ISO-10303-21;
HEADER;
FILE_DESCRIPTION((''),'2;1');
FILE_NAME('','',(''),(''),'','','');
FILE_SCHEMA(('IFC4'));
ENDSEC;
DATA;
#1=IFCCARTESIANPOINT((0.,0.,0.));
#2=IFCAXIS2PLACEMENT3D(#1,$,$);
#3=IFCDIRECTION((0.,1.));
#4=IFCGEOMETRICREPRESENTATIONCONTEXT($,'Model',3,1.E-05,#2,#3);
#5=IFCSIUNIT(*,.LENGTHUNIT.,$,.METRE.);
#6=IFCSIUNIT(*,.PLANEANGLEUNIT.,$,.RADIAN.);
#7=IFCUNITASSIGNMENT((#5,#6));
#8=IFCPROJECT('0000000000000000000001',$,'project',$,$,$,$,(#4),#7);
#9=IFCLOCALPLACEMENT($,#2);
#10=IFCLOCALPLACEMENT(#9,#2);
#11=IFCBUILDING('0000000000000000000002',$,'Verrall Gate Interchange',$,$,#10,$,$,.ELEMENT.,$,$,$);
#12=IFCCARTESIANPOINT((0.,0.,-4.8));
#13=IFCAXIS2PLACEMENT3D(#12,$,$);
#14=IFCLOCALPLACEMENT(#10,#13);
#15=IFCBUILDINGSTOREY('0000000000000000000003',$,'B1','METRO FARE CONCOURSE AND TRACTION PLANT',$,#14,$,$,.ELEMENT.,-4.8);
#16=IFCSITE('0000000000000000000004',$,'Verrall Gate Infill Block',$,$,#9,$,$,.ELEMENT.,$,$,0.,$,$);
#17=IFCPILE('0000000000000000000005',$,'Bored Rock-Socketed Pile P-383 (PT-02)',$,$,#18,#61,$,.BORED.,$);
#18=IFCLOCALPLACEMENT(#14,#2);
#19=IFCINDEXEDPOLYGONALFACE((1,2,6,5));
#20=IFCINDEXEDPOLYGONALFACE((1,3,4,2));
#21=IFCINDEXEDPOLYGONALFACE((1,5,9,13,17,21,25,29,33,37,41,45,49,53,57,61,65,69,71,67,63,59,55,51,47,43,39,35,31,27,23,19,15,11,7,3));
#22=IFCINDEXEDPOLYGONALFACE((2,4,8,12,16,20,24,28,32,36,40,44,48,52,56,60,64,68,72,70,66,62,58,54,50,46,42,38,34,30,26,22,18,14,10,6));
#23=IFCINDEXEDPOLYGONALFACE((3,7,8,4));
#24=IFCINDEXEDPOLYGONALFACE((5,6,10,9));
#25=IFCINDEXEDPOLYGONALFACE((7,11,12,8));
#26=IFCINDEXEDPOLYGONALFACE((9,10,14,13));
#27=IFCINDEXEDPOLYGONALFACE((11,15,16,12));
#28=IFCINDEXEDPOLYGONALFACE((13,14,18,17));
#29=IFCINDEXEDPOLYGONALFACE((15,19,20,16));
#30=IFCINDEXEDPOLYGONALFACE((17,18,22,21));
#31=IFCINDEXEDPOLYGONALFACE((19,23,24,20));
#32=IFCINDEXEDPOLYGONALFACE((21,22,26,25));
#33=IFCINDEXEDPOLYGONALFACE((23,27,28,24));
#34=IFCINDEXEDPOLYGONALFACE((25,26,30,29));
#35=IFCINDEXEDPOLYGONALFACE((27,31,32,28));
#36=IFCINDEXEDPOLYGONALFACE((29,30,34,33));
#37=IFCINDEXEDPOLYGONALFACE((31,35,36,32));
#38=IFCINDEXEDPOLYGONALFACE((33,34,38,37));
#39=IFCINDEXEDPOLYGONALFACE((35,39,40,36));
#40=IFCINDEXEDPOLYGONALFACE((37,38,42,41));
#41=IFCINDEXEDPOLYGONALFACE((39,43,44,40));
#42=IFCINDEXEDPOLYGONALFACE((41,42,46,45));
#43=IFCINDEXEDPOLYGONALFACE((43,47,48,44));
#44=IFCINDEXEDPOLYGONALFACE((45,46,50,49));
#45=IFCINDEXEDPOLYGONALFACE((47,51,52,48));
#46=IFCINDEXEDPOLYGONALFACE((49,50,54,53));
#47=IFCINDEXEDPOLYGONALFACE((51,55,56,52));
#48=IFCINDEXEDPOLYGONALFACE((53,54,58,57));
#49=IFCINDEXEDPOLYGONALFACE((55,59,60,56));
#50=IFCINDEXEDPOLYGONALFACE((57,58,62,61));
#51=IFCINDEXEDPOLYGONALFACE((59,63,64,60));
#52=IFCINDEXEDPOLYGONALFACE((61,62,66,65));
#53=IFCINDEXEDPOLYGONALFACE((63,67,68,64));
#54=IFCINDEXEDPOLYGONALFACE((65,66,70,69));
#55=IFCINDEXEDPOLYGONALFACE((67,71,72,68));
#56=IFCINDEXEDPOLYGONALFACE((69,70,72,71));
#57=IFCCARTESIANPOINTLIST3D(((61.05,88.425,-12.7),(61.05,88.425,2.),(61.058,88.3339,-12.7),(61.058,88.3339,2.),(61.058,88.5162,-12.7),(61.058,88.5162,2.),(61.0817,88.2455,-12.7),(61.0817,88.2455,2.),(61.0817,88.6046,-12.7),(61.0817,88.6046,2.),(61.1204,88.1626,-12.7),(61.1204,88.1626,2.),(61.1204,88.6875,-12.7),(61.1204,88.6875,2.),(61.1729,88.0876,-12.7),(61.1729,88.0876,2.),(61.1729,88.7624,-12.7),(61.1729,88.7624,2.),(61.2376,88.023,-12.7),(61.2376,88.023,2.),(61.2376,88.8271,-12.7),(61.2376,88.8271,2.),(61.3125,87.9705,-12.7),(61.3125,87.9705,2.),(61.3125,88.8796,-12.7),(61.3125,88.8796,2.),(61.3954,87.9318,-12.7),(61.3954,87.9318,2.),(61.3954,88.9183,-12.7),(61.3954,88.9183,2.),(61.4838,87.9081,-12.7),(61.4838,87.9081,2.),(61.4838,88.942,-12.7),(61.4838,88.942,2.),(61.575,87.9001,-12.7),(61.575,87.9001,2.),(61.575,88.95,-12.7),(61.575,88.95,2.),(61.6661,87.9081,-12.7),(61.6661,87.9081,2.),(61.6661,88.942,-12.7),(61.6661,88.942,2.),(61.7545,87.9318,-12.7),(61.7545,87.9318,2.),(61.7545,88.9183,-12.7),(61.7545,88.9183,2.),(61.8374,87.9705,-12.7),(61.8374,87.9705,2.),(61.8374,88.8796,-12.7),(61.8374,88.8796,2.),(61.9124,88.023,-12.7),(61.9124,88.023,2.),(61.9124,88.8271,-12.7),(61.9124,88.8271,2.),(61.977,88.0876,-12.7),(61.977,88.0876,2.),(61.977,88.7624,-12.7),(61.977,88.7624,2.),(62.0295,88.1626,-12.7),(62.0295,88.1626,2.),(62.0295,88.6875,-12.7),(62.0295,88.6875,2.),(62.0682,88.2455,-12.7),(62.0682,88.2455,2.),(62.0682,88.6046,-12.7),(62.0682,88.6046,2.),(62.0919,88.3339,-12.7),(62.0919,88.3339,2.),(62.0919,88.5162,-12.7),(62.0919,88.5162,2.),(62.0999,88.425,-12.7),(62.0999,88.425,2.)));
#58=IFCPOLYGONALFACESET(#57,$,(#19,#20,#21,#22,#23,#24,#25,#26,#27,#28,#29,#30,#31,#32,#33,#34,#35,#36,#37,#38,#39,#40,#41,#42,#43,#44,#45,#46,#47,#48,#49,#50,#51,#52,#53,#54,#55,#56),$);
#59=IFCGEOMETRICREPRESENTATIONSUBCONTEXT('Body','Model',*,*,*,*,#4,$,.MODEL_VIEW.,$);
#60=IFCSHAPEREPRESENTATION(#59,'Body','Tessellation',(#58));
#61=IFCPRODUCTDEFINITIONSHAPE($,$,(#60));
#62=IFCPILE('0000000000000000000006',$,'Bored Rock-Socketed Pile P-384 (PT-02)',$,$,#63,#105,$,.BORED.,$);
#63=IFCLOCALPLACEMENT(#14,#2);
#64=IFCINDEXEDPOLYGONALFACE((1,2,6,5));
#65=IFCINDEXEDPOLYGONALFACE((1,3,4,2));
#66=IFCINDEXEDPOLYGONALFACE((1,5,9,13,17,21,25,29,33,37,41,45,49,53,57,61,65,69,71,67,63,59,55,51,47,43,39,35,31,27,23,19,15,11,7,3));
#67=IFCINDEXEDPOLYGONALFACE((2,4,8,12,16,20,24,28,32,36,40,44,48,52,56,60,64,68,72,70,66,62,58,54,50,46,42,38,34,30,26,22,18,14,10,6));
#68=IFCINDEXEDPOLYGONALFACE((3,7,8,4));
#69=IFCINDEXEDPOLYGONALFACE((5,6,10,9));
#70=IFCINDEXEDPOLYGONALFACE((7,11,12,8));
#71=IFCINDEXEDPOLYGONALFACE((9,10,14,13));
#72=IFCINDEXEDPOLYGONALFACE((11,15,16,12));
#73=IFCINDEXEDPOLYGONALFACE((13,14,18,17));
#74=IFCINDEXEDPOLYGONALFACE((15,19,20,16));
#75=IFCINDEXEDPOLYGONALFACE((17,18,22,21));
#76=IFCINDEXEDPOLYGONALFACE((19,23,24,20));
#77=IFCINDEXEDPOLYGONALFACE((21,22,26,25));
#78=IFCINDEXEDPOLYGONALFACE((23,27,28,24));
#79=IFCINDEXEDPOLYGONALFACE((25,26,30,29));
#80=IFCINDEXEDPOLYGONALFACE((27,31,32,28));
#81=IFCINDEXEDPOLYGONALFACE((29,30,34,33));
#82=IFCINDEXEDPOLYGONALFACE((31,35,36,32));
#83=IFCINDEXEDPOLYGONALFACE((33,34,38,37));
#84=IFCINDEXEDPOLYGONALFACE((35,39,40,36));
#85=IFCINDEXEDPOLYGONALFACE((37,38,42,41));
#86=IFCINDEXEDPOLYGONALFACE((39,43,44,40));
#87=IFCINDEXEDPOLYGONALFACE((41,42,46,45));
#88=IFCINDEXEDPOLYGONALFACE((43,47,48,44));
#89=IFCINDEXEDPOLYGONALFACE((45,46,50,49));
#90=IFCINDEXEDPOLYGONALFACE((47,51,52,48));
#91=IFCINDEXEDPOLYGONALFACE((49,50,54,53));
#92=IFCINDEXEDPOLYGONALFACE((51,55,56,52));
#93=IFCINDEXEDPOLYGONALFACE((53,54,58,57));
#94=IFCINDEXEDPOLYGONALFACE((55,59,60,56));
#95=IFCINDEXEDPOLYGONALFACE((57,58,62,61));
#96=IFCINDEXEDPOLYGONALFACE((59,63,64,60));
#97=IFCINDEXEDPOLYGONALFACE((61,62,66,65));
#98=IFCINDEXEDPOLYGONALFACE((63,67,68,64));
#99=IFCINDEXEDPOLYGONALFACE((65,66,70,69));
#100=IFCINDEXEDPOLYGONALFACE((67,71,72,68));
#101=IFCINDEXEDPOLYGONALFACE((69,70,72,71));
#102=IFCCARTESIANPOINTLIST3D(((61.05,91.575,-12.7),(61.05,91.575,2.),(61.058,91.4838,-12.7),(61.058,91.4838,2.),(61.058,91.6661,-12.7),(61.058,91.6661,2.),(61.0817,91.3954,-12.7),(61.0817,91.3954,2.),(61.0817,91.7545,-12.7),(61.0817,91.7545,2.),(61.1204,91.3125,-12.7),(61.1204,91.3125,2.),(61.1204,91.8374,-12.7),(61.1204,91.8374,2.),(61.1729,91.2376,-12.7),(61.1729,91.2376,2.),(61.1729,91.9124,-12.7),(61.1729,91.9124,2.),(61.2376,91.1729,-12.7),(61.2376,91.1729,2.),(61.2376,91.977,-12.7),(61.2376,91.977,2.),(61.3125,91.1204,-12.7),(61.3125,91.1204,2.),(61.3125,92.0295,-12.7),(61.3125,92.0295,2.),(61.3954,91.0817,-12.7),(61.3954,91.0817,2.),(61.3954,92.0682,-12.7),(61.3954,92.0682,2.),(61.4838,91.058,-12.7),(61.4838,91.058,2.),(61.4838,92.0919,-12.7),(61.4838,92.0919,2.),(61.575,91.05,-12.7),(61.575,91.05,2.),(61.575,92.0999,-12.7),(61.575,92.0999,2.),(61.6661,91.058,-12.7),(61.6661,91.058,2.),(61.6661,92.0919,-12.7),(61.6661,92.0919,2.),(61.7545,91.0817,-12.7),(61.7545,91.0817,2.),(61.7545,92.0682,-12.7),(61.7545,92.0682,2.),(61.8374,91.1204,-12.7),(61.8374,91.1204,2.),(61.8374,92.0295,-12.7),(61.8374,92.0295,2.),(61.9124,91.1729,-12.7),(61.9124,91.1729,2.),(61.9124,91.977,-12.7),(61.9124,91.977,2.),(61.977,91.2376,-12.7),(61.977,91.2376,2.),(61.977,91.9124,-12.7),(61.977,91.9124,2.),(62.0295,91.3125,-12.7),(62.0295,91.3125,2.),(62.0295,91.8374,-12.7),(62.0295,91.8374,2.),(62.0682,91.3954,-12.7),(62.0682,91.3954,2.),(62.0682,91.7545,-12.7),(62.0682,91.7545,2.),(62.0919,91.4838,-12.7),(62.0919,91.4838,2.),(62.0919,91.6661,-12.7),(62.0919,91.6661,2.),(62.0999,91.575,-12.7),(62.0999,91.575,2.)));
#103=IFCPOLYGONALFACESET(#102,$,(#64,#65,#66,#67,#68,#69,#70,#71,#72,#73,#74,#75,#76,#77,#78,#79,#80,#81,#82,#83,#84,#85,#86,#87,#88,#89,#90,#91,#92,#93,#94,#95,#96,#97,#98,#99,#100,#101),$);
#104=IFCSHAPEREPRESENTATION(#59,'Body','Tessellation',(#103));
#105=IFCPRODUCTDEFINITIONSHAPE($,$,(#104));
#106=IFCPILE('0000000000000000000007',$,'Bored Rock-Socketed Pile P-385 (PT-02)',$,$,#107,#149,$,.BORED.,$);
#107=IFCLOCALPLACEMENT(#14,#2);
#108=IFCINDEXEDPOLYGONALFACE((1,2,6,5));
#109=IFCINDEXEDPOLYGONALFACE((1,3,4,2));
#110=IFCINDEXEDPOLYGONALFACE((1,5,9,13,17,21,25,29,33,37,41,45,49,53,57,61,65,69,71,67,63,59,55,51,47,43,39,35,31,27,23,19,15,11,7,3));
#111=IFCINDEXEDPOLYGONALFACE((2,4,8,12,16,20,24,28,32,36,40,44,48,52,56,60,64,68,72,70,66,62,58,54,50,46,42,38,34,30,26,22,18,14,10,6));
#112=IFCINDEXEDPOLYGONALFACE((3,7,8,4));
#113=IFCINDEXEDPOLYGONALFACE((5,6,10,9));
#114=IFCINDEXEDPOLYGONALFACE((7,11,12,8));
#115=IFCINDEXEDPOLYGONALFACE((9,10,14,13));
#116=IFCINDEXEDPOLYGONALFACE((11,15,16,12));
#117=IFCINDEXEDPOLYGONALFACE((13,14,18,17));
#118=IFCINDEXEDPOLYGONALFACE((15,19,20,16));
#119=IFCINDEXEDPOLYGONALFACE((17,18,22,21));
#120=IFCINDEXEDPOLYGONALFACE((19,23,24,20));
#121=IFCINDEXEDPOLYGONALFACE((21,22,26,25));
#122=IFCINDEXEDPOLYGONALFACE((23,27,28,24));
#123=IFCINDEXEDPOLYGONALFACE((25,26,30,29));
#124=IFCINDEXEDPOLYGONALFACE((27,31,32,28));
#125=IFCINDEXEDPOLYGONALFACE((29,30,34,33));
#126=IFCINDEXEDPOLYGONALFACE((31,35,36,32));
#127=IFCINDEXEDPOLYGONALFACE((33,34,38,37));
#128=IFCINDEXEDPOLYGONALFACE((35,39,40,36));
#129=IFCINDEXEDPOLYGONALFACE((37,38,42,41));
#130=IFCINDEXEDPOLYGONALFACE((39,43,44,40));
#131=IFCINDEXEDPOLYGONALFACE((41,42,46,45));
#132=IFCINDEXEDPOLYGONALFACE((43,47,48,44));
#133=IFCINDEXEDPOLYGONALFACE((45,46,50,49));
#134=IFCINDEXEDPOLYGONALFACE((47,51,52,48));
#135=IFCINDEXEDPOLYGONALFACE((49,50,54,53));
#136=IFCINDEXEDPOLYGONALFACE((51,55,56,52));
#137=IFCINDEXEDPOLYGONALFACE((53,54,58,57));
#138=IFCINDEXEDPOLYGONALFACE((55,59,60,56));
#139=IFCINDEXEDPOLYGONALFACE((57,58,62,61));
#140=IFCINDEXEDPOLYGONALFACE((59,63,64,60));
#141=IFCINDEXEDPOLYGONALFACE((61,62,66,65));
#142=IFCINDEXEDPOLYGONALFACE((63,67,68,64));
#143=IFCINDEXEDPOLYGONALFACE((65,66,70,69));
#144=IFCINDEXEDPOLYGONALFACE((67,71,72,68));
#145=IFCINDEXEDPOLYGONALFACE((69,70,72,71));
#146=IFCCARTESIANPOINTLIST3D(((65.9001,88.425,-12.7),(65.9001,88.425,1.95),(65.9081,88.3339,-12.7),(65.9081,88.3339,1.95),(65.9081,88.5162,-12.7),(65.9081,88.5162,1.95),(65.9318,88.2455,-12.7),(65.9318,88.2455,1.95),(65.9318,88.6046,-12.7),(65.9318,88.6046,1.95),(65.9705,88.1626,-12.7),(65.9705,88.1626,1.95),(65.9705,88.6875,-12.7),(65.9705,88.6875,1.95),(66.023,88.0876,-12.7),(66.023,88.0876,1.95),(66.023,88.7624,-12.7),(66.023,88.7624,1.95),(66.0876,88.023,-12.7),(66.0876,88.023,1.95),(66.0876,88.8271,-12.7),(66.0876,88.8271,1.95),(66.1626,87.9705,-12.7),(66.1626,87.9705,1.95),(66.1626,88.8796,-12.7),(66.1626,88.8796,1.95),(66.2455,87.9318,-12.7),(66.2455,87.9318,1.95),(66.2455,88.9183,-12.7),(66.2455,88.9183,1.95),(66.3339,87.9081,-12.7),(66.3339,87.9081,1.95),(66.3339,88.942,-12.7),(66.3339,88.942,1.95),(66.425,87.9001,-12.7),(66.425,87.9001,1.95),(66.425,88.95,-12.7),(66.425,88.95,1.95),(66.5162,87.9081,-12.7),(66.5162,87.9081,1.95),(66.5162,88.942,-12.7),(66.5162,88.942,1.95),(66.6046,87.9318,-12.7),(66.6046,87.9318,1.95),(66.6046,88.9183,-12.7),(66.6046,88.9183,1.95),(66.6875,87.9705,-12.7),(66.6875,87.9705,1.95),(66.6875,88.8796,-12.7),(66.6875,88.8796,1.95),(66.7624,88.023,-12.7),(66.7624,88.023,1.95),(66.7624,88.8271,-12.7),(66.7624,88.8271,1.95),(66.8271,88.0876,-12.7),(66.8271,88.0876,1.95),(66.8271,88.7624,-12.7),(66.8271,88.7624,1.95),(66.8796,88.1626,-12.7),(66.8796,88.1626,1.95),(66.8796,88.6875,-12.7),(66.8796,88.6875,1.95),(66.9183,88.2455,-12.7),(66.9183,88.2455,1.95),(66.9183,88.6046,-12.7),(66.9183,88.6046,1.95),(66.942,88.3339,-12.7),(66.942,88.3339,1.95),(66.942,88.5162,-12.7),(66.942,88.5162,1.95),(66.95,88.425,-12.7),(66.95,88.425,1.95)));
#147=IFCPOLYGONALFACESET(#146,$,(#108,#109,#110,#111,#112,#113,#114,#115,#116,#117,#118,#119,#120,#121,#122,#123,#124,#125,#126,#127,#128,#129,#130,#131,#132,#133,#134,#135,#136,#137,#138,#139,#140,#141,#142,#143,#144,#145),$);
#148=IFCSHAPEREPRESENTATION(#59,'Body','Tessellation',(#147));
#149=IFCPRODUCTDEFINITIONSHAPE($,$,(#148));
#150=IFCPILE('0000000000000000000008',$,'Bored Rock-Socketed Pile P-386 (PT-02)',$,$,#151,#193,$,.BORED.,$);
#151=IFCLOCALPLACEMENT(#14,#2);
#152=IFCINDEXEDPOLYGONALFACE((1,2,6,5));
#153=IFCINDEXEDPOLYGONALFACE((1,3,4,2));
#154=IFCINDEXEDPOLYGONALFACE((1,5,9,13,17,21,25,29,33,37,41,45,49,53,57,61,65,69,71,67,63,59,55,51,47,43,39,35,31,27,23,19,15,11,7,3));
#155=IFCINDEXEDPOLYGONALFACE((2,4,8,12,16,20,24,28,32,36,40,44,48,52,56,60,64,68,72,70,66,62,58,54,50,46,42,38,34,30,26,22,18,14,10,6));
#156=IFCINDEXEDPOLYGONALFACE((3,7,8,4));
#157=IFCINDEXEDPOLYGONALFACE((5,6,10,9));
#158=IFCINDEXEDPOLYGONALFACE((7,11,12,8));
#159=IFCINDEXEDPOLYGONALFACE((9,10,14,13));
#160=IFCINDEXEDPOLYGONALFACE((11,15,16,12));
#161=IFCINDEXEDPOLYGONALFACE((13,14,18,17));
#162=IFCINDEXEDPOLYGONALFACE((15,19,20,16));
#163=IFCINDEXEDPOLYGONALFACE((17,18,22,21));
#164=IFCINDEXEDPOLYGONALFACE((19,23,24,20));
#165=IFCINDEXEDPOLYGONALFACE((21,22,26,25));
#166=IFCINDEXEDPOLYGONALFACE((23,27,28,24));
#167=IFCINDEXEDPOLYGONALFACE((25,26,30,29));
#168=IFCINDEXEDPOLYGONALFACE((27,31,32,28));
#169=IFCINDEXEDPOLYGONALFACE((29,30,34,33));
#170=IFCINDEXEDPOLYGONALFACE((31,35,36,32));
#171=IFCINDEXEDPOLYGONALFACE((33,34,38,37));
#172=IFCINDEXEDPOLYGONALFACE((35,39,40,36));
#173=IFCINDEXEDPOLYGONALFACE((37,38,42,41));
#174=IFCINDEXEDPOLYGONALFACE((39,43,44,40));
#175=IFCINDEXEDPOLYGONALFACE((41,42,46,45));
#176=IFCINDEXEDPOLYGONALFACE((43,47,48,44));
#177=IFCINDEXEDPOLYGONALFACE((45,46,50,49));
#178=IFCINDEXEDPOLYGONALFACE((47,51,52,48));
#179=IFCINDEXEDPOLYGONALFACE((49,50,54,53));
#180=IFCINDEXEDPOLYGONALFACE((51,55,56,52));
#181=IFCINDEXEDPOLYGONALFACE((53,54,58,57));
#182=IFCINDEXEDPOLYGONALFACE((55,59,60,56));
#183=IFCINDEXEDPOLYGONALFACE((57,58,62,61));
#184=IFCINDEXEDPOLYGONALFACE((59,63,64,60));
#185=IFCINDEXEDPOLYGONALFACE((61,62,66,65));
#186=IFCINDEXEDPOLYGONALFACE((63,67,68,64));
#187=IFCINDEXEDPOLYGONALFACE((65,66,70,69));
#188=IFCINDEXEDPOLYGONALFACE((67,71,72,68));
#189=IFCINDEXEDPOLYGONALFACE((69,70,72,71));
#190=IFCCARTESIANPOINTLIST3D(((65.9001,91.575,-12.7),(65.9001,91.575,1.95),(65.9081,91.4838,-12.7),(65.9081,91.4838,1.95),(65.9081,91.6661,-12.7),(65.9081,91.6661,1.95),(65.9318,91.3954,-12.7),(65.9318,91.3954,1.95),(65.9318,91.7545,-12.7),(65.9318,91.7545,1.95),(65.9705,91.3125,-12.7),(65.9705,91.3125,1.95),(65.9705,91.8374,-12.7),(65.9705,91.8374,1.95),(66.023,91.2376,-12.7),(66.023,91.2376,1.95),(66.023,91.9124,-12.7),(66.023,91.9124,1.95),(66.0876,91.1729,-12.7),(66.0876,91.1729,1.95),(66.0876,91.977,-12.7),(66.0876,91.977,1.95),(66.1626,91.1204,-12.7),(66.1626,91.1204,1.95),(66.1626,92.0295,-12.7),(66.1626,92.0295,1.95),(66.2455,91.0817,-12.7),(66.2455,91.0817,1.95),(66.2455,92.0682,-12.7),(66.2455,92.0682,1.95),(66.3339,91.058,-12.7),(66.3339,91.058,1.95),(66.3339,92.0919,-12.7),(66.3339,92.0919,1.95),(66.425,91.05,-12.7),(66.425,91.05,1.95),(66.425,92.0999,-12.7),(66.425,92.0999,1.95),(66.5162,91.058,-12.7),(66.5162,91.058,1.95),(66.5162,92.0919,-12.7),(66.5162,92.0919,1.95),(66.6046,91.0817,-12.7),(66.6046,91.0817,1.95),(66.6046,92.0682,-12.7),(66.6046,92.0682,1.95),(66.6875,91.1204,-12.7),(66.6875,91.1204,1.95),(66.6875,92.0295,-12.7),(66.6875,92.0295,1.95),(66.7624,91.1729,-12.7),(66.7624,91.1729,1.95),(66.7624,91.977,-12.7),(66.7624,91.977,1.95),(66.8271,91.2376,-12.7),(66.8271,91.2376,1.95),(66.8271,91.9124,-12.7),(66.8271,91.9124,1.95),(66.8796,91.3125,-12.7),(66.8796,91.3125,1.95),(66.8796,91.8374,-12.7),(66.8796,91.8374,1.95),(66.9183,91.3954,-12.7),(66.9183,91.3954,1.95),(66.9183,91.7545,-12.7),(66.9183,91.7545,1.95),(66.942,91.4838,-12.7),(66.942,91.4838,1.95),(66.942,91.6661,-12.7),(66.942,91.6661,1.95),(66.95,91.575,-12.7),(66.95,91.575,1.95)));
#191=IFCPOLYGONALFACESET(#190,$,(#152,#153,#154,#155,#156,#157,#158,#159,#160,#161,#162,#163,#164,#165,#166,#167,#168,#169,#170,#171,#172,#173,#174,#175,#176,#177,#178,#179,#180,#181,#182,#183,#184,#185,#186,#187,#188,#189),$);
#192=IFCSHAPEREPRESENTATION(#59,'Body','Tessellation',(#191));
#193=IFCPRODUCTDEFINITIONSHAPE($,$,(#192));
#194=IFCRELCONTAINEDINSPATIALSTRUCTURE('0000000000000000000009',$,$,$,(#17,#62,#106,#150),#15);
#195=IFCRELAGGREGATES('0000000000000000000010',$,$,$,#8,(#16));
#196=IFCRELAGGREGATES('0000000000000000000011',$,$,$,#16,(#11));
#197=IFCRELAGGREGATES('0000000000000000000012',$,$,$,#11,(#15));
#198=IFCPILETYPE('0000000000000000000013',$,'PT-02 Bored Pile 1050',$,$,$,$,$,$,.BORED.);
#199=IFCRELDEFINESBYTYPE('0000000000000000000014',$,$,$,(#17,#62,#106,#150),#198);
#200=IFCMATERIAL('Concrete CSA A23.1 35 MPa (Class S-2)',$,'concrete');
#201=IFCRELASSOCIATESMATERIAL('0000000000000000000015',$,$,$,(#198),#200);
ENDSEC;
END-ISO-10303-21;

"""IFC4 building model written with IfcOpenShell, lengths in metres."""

from ifc_helpers import new_model, si_unit, direction, frame, origin, origin_2d, place, context, subcontext, project, spatial, circle, extrude, material, material_profile, profile_set, type_object, element, save


model = new_model("IFC4")

# Units and contexts
model_context = context("Model", 3, precision=1e-05, world=origin(), true_north=direction((0.0, 1.0)))
body_context = subcontext(model_context, "Body", "Model", "MODEL_VIEW")
ifc_project = project(units=[si_unit("LENGTHUNIT", "METRE"), si_unit("PLANEANGLEUNIT", "RADIAN")], contexts=[model_context])

# Site, building, storey
site_placement = place(None, origin())
site = spatial("IfcSite", under=ifc_project, at=site_placement, Name="Verrall Gate Infill Block", CompositionType="ELEMENT", RefElevation=0.0)
building_placement = place(site_placement, origin())
building = spatial("IfcBuilding", under=site, at=building_placement, Name="Verrall Gate Interchange", CompositionType="ELEMENT")
storey_placement = place(building_placement, frame((0.0, 0.0, -4.8)))
storey = spatial("IfcBuildingStorey", under=building, at=storey_placement, Name="B1", Description="METRO FARE CONCOURSE AND TRACTION PLANT", CompositionType="ELEMENT", Elevation=-4.8)

# Piles
ifc_material_1 = material(Name="Concrete CSA A23.1 35 MPa (Class S-2)", Category="concrete")
ifc_material_profile_1 = material_profile(ifc_material_1, circle(Radius=0.5249, at=origin_2d()), Name="PILE1050D")
ifc_profile_set_1 = profile_set([ifc_material_profile_1], Name="Concrete CSA A23.1 35 MPa (Class S-2)")
pile_type = type_object("IfcPileType", Name="PT-02 Bored Pile 1050", PredefinedType="BORED", material=ifc_profile_set_1)
for number, where, z_axis, x_axis, name in (
    (1, (61.575, 88.425, 2.0), (0.0, 0.0, -1.0), (1.0, 0.0, 0.0), "Bored Rock-Socketed Pile P-383 (PT-02)"),
    (2, (61.575, 91.575, 2.0), (0.0, 0.0, -1.0), (1.0, 0.0, 0.0), "Bored Rock-Socketed Pile P-384 (PT-02)"),
):
    element("IfcPile", number, at=place(storey_placement, frame(where, z_axis=z_axis, x_axis=x_axis)), inside=storey, type_object=pile_type, Name=name, PredefinedType="BORED", context=body_context, shape_type="SweptSolid", body=[
        extrude(circle(Radius=0.5249, at=origin_2d()), origin(), (0.0, 0.0, 1.0), 14.7),
    ])
for number, where, z_axis, x_axis, name in (
    (3, (66.425, 88.425, 1.95), (0.0, 0.0, -1.0), (1.0, 0.0, 0.0), "Bored Rock-Socketed Pile P-385 (PT-02)"),
    (4, (66.425, 91.575, 1.95), (0.0, 0.0, -1.0), (1.0, 0.0, 0.0), "Bored Rock-Socketed Pile P-386 (PT-02)"),
):
    element("IfcPile", number, at=place(storey_placement, frame(where, z_axis=z_axis, x_axis=x_axis)), inside=storey, type_object=pile_type, Name=name, PredefinedType="BORED", context=body_context, shape_type="SweptSolid", body=[
        extrude(circle(Radius=0.5249, at=origin_2d()), origin(), (0.0, 0.0, 1.0), 14.6499),
    ])

save(model, "model.ifc")
